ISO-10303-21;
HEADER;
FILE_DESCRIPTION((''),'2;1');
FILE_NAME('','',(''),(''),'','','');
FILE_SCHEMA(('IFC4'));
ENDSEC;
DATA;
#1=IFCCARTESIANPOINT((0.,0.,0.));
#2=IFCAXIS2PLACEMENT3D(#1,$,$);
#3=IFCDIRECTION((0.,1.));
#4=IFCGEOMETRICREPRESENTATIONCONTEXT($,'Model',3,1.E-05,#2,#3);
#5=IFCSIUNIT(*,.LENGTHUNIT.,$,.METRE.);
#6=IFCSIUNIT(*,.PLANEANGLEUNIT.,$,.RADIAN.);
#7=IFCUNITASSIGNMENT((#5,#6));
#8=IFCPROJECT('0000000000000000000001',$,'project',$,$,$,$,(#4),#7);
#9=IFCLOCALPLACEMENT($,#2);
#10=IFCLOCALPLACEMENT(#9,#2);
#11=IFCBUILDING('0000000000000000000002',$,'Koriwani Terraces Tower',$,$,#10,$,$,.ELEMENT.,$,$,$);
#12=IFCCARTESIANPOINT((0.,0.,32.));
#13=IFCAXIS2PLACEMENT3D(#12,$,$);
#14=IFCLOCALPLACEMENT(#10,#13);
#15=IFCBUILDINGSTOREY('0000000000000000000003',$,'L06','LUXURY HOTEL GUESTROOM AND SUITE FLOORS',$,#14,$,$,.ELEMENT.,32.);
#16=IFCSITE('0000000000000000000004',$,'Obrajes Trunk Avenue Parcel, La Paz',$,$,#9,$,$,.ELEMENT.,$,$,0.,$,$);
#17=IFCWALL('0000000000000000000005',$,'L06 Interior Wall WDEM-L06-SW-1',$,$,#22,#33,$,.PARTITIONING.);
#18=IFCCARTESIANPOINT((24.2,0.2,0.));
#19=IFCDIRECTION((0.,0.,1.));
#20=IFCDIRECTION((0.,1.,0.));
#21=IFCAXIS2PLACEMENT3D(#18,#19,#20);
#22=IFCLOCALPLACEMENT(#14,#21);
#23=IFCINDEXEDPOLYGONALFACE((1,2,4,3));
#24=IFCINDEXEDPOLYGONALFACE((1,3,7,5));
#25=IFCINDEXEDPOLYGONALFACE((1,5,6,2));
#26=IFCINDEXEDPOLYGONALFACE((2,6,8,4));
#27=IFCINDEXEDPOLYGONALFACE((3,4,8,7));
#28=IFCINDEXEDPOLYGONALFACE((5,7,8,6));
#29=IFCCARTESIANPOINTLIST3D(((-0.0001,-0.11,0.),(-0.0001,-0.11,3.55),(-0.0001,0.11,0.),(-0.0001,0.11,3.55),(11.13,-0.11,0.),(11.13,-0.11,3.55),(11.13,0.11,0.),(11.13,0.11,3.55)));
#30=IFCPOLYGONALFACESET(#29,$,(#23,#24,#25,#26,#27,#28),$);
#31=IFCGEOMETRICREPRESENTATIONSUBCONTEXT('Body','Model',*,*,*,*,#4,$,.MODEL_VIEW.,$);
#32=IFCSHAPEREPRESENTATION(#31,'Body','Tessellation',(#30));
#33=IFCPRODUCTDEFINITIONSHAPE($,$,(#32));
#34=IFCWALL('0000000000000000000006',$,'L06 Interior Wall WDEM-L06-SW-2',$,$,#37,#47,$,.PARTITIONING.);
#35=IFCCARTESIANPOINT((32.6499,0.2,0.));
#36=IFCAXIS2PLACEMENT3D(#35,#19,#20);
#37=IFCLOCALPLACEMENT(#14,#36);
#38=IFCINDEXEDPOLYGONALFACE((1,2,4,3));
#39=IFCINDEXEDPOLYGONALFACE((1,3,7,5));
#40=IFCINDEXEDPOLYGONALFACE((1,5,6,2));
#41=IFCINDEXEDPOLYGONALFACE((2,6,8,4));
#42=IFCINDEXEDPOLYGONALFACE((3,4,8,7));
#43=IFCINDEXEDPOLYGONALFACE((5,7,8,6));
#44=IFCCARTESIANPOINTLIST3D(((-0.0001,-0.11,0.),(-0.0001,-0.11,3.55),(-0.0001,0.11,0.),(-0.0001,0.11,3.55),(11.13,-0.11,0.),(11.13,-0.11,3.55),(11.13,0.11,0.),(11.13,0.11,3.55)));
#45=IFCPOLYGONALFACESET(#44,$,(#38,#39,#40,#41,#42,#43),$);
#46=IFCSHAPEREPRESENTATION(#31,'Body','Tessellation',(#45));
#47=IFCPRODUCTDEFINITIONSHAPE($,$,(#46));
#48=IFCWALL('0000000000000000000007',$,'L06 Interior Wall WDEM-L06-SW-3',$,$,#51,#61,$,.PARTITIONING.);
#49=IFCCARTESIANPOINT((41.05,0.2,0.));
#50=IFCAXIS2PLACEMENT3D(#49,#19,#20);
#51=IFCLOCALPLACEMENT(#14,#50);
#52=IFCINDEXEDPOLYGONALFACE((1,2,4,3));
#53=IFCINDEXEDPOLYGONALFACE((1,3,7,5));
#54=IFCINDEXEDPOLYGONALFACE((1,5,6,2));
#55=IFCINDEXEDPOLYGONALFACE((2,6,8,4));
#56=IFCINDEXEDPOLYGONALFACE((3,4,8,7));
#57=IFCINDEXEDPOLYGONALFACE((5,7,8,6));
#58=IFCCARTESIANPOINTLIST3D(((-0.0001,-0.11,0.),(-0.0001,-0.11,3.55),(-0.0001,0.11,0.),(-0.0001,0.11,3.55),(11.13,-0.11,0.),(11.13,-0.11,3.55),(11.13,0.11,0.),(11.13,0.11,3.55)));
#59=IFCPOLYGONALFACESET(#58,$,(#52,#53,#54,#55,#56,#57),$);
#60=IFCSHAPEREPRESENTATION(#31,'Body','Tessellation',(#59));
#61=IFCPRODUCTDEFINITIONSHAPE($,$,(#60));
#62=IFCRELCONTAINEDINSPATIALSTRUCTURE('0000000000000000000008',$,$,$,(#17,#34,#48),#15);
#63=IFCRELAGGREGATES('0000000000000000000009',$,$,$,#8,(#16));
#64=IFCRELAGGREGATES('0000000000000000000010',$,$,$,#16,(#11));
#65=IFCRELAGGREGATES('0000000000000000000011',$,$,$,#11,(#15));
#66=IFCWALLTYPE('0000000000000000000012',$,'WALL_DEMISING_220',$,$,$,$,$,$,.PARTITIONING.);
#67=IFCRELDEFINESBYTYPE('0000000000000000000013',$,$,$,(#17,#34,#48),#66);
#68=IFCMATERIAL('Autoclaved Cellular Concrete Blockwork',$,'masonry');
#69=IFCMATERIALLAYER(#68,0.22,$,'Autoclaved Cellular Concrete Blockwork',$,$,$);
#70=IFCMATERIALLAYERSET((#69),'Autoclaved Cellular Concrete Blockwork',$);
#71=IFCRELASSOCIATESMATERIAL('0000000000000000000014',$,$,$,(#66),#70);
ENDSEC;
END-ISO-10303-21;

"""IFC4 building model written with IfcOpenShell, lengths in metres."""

from ifc_helpers import new_model, si_unit, direction, frame, frame_2d, origin, place, context, subcontext, project, spatial, rectangle, extrude, material, layer, layer_set, type_object, element, save


model = new_model("IFC4")

# Units and contexts
model_context = context("Model", 3, precision=1e-05, world=origin(), true_north=direction((0.0, 1.0)))
body_context = subcontext(model_context, "Body", "Model", "MODEL_VIEW")
ifc_project = project(units=[si_unit("LENGTHUNIT", "METRE"), si_unit("PLANEANGLEUNIT", "RADIAN")], contexts=[model_context])

# Site, building, storey
site_placement = place(None, origin())
site = spatial("IfcSite", under=ifc_project, at=site_placement, Name="Obrajes Trunk Avenue Parcel, La Paz", CompositionType="ELEMENT", RefElevation=0.0)
building_placement = place(site_placement, origin())
building = spatial("IfcBuilding", under=site, at=building_placement, Name="Koriwani Terraces Tower", CompositionType="ELEMENT")
storey_placement = place(building_placement, frame((0.0, 0.0, 32.0)))
storey = spatial("IfcBuildingStorey", under=building, at=storey_placement, Name="L06", Description="LUXURY HOTEL GUESTROOM AND SUITE FLOORS", CompositionType="ELEMENT", Elevation=32.0)

# Walls
ifc_material_1 = material(Name="Autoclaved Cellular Concrete Blockwork", Category="masonry")
ifc_layer_1 = layer(ifc_material_1, 0.22, Name="Autoclaved Cellular Concrete Blockwork")
ifc_layer_set_1 = layer_set([ifc_layer_1], Name="Autoclaved Cellular Concrete Blockwork")
wall_type_1 = type_object("IfcWallType", Name="WALL_DEMISING_220", PredefinedType="PARTITIONING", material=ifc_layer_set_1)
for number, where, z_axis, x_axis, name in (
    (1, (24.2, 0.2, 0.0), (0.0, 0.0, 1.0), (0.0, 1.0, 0.0), "L06 Interior Wall WDEM-L06-SW-1"),
    (2, (32.6499, 0.2, 0.0), (0.0, 0.0, 1.0), (0.0, 1.0, 0.0), "L06 Interior Wall WDEM-L06-SW-2"),
    (3, (41.05, 0.2, 0.0), (0.0, 0.0, 1.0), (0.0, 1.0, 0.0), "L06 Interior Wall WDEM-L06-SW-3"),
):
    element("IfcWall", number, at=place(storey_placement, frame(where, z_axis=z_axis, x_axis=x_axis)), inside=storey, type_object=wall_type_1, Name=name, PredefinedType="PARTITIONING", context=body_context, shape_type="SweptSolid", body=[
        extrude(rectangle(XDim=11.1301, YDim=0.22, at=frame_2d((5.5649, 0.0))), origin(), (0.0, 0.0, 1.0), 3.55),
    ])

save(model, "model.ifc")
